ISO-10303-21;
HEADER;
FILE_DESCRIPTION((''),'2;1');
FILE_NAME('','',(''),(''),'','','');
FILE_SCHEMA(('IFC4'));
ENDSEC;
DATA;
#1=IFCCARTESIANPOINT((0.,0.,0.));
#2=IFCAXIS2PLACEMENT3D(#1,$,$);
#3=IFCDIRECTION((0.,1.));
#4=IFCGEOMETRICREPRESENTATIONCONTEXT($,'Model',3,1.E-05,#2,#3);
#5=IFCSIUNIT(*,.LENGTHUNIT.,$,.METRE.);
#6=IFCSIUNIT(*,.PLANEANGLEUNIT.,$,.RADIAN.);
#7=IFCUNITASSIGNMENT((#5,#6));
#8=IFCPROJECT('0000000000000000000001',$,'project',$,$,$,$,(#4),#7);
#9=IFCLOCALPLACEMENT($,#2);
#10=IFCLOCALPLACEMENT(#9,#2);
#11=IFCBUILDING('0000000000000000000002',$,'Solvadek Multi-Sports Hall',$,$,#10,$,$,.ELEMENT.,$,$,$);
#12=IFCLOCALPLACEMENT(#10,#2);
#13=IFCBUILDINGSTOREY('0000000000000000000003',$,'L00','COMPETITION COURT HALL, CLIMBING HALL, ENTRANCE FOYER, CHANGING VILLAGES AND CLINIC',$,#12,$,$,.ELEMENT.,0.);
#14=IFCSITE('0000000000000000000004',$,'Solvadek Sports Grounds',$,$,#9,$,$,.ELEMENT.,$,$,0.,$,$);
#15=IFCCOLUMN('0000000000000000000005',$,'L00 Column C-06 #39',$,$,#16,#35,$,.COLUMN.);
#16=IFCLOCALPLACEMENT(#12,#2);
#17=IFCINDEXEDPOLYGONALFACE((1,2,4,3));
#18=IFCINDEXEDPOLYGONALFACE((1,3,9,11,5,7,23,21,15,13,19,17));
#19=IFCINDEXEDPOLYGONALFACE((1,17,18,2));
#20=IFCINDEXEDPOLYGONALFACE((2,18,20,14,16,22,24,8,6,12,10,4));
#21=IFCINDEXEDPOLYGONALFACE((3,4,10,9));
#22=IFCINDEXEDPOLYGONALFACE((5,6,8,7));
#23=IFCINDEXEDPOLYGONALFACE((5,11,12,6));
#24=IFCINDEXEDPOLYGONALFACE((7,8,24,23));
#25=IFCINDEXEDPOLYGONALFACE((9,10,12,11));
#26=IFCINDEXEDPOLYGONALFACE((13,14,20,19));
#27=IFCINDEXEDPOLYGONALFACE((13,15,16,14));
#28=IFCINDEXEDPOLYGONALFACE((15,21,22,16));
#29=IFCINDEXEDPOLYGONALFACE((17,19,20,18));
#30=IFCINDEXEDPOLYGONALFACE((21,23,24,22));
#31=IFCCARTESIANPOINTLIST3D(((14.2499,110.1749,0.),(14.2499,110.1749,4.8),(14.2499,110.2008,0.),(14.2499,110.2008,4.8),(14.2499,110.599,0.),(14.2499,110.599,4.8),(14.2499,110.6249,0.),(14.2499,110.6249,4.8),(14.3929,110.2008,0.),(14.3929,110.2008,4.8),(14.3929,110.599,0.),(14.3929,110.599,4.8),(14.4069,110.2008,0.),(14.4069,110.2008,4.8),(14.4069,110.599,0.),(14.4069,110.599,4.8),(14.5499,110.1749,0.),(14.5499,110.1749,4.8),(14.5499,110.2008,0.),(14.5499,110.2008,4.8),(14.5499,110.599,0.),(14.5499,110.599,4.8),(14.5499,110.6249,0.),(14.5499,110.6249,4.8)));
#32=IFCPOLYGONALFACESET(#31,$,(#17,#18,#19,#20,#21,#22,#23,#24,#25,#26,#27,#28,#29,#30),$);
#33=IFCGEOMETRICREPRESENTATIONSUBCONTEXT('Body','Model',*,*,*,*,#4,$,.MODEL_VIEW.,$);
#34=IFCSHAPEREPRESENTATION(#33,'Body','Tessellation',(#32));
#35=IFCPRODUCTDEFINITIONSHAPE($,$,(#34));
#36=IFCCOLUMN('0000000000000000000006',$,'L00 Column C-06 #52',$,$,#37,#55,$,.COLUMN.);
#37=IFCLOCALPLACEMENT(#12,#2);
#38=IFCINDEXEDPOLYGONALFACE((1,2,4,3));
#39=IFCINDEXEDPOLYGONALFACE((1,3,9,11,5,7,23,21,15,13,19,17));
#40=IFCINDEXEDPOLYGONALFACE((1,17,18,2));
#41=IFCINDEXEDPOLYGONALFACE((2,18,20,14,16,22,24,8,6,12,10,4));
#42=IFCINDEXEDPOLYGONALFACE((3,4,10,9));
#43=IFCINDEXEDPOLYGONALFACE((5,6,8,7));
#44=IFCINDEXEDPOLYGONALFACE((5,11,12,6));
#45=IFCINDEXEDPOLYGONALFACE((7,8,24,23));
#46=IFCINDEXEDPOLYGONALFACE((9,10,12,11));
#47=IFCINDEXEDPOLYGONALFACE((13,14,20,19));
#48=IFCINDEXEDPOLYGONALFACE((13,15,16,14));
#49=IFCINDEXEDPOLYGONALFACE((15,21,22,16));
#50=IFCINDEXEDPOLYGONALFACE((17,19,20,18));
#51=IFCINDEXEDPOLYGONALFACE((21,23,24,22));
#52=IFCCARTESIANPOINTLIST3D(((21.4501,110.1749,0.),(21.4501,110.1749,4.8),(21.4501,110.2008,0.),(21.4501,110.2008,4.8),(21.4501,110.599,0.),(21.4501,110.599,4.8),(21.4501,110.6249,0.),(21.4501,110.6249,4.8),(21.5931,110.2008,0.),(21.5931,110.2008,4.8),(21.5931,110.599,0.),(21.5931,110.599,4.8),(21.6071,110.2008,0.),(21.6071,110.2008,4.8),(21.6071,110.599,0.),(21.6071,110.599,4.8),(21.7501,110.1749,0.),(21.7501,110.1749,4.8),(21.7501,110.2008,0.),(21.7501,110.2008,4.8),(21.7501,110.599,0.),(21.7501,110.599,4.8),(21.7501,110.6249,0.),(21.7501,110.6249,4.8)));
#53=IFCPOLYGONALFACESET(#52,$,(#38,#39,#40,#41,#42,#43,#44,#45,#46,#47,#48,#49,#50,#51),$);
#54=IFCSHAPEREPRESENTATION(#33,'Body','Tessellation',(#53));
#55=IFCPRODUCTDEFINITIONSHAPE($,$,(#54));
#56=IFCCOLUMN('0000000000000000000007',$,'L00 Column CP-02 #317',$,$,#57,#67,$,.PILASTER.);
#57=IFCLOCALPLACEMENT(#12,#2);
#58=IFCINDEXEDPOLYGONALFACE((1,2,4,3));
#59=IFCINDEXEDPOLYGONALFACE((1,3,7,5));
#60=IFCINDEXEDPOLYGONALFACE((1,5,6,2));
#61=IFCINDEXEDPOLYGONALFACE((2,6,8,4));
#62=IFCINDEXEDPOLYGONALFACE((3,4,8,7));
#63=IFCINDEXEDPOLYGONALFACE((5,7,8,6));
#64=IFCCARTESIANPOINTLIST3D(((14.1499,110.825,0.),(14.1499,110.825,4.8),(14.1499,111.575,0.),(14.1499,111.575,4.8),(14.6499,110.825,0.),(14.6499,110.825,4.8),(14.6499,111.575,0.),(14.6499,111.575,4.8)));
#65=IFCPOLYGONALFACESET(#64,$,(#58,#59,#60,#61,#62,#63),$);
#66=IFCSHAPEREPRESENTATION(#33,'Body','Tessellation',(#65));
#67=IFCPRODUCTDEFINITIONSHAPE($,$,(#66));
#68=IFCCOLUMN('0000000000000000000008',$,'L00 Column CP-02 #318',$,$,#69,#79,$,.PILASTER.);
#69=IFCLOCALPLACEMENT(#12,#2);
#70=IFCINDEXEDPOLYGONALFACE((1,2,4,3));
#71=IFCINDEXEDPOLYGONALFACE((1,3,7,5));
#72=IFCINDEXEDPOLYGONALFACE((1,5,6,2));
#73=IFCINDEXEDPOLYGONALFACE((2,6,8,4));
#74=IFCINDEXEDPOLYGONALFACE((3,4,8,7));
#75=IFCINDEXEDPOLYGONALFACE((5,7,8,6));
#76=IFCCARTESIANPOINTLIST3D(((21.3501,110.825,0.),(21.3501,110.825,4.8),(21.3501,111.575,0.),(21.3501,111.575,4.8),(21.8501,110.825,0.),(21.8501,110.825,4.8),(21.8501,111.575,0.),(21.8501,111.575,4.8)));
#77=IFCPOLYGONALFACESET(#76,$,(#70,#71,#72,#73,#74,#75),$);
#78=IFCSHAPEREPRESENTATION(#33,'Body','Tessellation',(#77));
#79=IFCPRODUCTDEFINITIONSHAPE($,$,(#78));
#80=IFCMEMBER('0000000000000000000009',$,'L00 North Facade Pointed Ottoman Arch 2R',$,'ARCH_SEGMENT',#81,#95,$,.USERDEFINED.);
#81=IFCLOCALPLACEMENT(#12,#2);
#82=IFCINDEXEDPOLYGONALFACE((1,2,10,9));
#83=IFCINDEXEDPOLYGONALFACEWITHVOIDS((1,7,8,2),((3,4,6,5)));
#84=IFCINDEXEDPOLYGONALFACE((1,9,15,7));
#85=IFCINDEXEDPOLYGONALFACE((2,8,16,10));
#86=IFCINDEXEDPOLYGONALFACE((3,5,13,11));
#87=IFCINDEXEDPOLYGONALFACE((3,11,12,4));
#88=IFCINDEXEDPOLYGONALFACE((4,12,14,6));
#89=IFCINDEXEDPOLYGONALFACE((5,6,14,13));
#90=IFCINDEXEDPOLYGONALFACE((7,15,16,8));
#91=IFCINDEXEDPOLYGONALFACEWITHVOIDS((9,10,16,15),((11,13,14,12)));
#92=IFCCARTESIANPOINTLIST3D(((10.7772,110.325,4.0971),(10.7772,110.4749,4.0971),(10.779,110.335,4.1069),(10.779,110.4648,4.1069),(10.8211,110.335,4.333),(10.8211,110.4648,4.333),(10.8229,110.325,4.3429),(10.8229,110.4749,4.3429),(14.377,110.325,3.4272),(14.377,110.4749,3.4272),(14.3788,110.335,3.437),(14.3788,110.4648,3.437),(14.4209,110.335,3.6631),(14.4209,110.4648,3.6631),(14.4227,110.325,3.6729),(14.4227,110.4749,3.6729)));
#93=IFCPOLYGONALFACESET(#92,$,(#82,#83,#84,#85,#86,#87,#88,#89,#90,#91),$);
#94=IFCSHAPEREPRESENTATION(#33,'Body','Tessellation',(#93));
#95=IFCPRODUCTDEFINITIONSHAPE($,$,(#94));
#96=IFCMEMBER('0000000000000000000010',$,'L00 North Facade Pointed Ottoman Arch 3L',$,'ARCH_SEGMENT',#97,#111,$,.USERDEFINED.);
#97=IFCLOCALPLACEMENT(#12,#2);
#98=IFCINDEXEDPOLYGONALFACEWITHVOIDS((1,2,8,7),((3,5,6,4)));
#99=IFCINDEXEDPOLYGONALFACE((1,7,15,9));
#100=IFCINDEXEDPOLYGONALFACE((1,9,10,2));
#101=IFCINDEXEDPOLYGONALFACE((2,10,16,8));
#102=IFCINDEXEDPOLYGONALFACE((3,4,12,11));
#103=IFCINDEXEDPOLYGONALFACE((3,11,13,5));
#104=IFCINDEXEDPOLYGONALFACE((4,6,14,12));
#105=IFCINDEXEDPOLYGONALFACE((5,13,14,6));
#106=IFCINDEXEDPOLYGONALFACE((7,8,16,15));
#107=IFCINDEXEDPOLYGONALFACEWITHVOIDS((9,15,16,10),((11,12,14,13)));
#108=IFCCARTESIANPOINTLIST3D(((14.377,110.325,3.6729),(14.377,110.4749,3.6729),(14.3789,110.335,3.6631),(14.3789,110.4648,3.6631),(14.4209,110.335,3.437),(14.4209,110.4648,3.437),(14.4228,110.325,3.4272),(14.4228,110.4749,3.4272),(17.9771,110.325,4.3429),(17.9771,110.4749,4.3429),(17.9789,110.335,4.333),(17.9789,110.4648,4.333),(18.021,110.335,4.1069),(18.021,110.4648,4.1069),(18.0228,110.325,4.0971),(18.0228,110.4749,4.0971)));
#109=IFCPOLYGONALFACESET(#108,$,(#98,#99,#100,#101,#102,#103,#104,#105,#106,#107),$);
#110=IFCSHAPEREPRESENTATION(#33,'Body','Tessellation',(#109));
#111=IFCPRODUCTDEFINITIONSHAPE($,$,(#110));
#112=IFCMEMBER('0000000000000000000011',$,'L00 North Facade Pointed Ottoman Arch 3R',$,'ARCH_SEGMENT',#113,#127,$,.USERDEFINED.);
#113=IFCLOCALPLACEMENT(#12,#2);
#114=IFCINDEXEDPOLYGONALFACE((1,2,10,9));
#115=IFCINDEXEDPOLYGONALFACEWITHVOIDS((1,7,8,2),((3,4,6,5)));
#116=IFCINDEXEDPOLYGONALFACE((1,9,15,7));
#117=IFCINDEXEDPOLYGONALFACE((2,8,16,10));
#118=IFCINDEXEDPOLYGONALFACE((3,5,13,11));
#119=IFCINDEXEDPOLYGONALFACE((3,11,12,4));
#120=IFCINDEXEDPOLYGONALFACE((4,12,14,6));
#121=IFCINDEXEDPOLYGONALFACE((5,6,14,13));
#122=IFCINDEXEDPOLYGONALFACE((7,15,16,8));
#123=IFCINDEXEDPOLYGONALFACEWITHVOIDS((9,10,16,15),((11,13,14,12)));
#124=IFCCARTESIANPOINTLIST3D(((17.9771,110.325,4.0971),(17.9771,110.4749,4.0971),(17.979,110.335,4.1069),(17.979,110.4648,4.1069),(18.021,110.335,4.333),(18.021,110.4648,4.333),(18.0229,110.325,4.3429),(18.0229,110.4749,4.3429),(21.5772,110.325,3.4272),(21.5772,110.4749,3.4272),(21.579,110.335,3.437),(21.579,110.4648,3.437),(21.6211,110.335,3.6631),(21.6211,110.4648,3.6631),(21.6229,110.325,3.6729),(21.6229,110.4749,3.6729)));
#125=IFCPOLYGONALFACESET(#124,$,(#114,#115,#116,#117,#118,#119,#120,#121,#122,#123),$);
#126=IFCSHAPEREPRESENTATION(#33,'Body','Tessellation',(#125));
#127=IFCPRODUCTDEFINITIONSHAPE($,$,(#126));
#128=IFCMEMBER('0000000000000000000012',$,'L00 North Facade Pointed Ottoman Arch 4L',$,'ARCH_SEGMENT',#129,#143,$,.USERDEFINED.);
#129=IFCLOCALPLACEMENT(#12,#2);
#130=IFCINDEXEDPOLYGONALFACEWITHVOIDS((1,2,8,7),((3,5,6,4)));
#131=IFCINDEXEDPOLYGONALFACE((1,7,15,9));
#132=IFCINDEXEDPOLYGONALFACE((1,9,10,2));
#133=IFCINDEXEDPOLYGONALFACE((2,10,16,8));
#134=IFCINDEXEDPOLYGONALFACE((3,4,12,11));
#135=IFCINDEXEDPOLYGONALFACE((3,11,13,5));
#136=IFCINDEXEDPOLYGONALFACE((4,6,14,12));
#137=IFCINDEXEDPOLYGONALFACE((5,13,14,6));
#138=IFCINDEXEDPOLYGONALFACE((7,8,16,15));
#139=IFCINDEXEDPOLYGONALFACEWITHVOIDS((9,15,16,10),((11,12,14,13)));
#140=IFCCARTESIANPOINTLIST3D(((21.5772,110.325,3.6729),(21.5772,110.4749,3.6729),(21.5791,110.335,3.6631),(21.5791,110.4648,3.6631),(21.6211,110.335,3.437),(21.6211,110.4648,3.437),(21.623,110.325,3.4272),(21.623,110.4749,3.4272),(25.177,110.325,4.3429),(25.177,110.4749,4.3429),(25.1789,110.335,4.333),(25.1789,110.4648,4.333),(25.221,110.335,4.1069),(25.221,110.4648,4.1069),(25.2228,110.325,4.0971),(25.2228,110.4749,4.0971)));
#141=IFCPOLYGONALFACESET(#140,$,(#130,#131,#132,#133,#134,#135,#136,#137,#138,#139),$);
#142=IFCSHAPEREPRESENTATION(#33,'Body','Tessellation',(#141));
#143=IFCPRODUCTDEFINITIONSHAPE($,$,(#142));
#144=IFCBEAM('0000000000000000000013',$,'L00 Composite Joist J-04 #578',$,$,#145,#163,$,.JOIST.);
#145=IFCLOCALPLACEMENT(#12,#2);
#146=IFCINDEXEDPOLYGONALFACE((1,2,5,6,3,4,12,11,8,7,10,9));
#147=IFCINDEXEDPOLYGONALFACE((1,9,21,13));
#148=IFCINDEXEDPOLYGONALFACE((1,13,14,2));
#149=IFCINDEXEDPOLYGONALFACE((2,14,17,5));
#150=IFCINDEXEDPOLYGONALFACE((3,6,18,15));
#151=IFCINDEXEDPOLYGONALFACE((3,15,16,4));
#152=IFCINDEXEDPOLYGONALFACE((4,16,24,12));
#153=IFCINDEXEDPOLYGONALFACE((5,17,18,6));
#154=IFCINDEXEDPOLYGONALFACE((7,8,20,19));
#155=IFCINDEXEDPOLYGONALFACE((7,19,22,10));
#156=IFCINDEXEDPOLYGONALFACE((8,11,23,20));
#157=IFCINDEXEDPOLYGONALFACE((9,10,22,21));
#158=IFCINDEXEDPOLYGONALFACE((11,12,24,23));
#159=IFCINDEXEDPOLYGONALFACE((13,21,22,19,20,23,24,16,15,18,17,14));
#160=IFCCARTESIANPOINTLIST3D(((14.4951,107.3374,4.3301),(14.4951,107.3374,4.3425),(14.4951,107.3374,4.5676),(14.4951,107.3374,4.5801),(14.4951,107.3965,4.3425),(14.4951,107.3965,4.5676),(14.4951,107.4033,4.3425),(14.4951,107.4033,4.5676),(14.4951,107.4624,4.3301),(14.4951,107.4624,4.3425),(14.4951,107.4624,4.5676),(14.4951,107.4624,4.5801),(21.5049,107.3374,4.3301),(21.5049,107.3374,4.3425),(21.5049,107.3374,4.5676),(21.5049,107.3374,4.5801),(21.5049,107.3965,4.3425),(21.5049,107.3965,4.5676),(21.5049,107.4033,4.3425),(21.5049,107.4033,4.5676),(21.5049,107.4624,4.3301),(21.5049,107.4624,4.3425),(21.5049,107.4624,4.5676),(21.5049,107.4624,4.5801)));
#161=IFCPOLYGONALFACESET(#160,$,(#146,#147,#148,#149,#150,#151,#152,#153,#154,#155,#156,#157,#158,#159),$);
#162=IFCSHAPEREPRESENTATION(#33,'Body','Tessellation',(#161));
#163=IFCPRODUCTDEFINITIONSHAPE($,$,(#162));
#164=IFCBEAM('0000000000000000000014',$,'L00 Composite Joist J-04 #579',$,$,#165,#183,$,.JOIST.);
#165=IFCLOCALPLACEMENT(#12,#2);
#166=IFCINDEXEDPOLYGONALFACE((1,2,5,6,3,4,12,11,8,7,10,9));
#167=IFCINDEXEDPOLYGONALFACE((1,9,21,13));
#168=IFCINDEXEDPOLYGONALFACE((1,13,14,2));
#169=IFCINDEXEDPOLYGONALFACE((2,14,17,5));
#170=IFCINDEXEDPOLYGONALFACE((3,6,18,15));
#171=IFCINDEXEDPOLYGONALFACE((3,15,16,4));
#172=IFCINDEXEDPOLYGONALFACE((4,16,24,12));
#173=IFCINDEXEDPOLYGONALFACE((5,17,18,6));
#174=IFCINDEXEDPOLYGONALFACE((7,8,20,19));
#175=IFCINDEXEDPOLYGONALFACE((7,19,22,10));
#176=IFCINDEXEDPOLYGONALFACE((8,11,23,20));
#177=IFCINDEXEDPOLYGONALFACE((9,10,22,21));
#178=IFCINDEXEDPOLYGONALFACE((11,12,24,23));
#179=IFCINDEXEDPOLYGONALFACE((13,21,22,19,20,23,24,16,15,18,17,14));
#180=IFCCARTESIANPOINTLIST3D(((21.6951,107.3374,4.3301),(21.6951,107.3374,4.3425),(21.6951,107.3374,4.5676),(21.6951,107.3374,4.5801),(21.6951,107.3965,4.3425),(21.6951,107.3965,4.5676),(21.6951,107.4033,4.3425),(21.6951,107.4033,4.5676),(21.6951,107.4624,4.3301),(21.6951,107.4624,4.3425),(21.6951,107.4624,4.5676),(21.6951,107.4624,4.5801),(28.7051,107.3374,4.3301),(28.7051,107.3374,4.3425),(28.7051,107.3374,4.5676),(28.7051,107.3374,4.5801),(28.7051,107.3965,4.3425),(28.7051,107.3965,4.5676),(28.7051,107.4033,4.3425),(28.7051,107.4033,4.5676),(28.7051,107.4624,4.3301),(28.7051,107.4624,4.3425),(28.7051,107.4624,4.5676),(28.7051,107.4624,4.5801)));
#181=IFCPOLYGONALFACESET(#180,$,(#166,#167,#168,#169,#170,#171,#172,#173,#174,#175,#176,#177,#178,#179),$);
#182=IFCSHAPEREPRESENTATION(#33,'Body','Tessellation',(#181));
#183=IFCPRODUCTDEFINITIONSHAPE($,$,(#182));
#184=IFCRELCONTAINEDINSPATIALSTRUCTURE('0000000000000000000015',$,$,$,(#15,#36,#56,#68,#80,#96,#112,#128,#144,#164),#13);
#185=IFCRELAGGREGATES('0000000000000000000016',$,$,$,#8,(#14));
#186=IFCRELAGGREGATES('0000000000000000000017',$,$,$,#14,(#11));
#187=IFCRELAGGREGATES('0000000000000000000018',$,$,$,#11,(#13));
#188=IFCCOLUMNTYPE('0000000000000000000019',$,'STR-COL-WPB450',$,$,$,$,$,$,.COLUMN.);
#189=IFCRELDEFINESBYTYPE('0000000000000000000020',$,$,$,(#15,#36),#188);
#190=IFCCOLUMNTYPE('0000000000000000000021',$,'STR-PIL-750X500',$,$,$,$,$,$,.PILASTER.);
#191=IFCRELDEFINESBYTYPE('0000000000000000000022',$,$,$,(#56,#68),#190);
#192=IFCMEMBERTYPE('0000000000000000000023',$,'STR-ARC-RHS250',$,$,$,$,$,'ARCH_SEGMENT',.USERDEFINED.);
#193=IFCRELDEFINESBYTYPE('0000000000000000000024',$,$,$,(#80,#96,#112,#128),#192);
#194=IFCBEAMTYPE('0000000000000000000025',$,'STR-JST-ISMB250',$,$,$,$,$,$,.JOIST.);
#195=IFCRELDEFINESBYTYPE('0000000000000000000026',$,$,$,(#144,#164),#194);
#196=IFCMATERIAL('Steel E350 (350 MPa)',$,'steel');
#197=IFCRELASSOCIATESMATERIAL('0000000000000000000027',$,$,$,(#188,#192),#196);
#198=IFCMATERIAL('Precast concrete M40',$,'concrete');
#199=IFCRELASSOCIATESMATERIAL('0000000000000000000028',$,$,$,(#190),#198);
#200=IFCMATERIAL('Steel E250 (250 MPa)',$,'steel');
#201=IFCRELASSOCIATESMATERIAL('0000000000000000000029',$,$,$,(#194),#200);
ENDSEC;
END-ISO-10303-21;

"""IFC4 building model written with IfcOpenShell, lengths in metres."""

from ifc_helpers import new_model, si_unit, direction, frame, origin, origin_2d, place, context, subcontext, project, spatial, rectangle, hollow_rectangle, i_section, extrude, material, material_profile, profile_set, type_object, element, save


model = new_model("IFC4")

# Units and contexts
model_context = context("Model", 3, precision=1e-05, world=origin(), true_north=direction((0.0, 1.0)))
body_context = subcontext(model_context, "Body", "Model", "MODEL_VIEW")
ifc_project = project(units=[si_unit("LENGTHUNIT", "METRE"), si_unit("PLANEANGLEUNIT", "RADIAN")], contexts=[model_context])

# Site, building, storey
site_placement = place(None, origin())
site = spatial("IfcSite", under=ifc_project, at=site_placement, Name="Solvadek Sports Grounds", CompositionType="ELEMENT", RefElevation=0.0)
building_placement = place(site_placement, origin())
building = spatial("IfcBuilding", under=site, at=building_placement, Name="Solvadek Multi-Sports Hall", CompositionType="ELEMENT")
storey_placement = place(building_placement, origin())
storey = spatial("IfcBuildingStorey", under=building, at=storey_placement, Name="L00", Description="COMPETITION COURT HALL, CLIMBING HALL, ENTRANCE FOYER, CHANGING VILLAGES AND CLINIC", CompositionType="ELEMENT", Elevation=0.0)

# Columns
ifc_material_1 = material(Name="Steel E350 (350 MPa)", Category="steel")
ifc_material_profile_1 = material_profile(ifc_material_1, i_section(OverallWidth=0.3, OverallDepth=0.45, WebThickness=0.0139, FlangeThickness=0.0259, at=origin_2d()), Name="WPB 450")
ifc_profile_set_1 = profile_set([ifc_material_profile_1], Name="Steel E350 (350 MPa)")
column_type_1 = type_object("IfcColumnType", Name="STR-COL-WPB450", PredefinedType="COLUMN", material=ifc_profile_set_1)
for number, where, z_axis, x_axis, name in (
    (1, (14.3999, 110.3999, 0.0), (0.0, 0.0, 1.0), (1.0, 0.0, 0.0), "L00 Column C-06 #39"),
    (2, (21.6001, 110.3999, 0.0), (0.0, 0.0, 1.0), (1.0, 0.0, 0.0), "L00 Column C-06 #52"),
):
    element("IfcColumn", number, at=place(storey_placement, frame(where, z_axis=z_axis, x_axis=x_axis)), inside=storey, type_object=column_type_1, Name=name, PredefinedType="COLUMN", context=body_context, shape_type="SweptSolid", body=[
        extrude(i_section(OverallWidth=0.3, OverallDepth=0.45, WebThickness=0.0139, FlangeThickness=0.0259, at=origin_2d()), origin(), (0.0, 0.0, 1.0), 4.8),
    ])
ifc_material_2 = material(Name="Precast concrete M40", Category="concrete")
ifc_material_profile_2 = material_profile(ifc_material_2, rectangle(XDim=0.5, YDim=0.75, at=origin_2d()), Name="RC PILASTER 750x500")
ifc_profile_set_2 = profile_set([ifc_material_profile_2], Name="Precast concrete M40")
column_type_2 = type_object("IfcColumnType", Name="STR-PIL-750X500", PredefinedType="PILASTER", material=ifc_profile_set_2)
for number, where, z_axis, x_axis, name in (
    (3, (14.3999, 111.2, 0.0), (0.0, 0.0, 1.0), (1.0, 0.0, 0.0), "L00 Column CP-02 #317"),
    (4, (21.6001, 111.2, 0.0), (0.0, 0.0, 1.0), (1.0, 0.0, 0.0), "L00 Column CP-02 #318"),
):
    element("IfcColumn", number, at=place(storey_placement, frame(where, z_axis=z_axis, x_axis=x_axis)), inside=storey, type_object=column_type_2, Name=name, PredefinedType="PILASTER", context=body_context, shape_type="SweptSolid", body=[
        extrude(rectangle(XDim=0.5, YDim=0.75, at=origin_2d()), origin(), (0.0, 0.0, 1.0), 4.8),
    ])

# Members
ifc_material_profile_3 = material_profile(ifc_material_1, hollow_rectangle(XDim=0.1499, YDim=0.25, WallThickness=0.01, at=origin_2d()), Name="RHS 250x150x10")
ifc_profile_set_3 = profile_set([ifc_material_profile_3], Name="Steel E350 (350 MPa)")
member_type = type_object("IfcMemberType", Name="STR-ARC-RHS250", ElementType="ARCH_SEGMENT", PredefinedType="USERDEFINED", material=ifc_profile_set_3)
member_1_placement = place(storey_placement, frame((10.8, 110.3999, 4.22), z_axis=(0.983121, 0.0, -0.182956), x_axis=(0.0, 1.0, 0.0)))
element("IfcMember", 5, at=member_1_placement, inside=storey, type_object=member_type, Name="L00 North Facade Pointed Ottoman Arch 2R", ObjectType="ARCH_SEGMENT", PredefinedType="USERDEFINED", context=body_context, shape_type="SweptSolid", body=[
    extrude(hollow_rectangle(XDim=0.1499, YDim=0.25, WallThickness=0.01, at=origin_2d()), origin(), (0.0, 0.0, 1.0), 3.6616),
])
for number, where, z_axis, x_axis, name in (
    (6, (14.3999, 110.3999, 3.55), (0.983123, 0.0, 0.182944), (0.0, 1.0, 0.0), "L00 North Facade Pointed Ottoman Arch 3L"),
    (7, (18.0, 110.3999, 4.22), (0.983123, 0.0, -0.182944), (0.0, 1.0, 0.0), "L00 North Facade Pointed Ottoman Arch 3R"),
):
    element("IfcMember", number, at=place(storey_placement, frame(where, z_axis=z_axis, x_axis=x_axis)), inside=storey, type_object=member_type, Name=name, ObjectType="ARCH_SEGMENT", PredefinedType="USERDEFINED", context=body_context, shape_type="SweptSolid", body=[
        extrude(hollow_rectangle(XDim=0.1499, YDim=0.25, WallThickness=0.01, at=origin_2d()), origin(), (0.0, 0.0, 1.0), 3.6619),
    ])
member_2_placement = place(storey_placement, frame((21.6001, 110.3999, 3.55), z_axis=(0.983121, 0.0, 0.182956), x_axis=(0.0, 1.0, 0.0)))
element("IfcMember", 8, at=member_2_placement, inside=storey, type_object=member_type, Name="L00 North Facade Pointed Ottoman Arch 4L", ObjectType="ARCH_SEGMENT", PredefinedType="USERDEFINED", context=body_context, shape_type="SweptSolid", body=[
    extrude(hollow_rectangle(XDim=0.1499, YDim=0.25, WallThickness=0.01, at=origin_2d()), origin(), (0.0, 0.0, 1.0), 3.6616),
])

# Beams
ifc_material_3 = material(Name="Steel E250 (250 MPa)", Category="steel")
ifc_material_profile_4 = material_profile(ifc_material_3, i_section(OverallWidth=0.125, OverallDepth=0.25, WebThickness=0.0068, FlangeThickness=0.0125, at=origin_2d()), Name="ISMB 250")
ifc_profile_set_4 = profile_set([ifc_material_profile_4], Name="Steel E250 (250 MPa)")
beam_type_1 = type_object("IfcBeamType", Name="STR-JST-ISMB250", PredefinedType="JOIST", material=ifc_profile_set_4)
beam_1_placement = place(storey_placement, frame((14.4951, 107.3999, 4.4551), z_axis=(1.0, 0.0, 0.0), x_axis=(0.0, 1.0, 0.0)))
element("IfcBeam", 9, at=beam_1_placement, inside=storey, type_object=beam_type_1, Name="L00 Composite Joist J-04 #578", PredefinedType="JOIST", context=body_context, shape_type="SweptSolid", body=[
    extrude(i_section(OverallWidth=0.125, OverallDepth=0.25, WebThickness=0.0068, FlangeThickness=0.0125, at=origin_2d()), origin(), (0.0, 0.0, 1.0), 7.0098),
])
beam_2_placement = place(storey_placement, frame((21.6951, 107.3999, 4.4551), z_axis=(1.0, 0.0, 0.0), x_axis=(0.0, 1.0, 0.0)))
element("IfcBeam", 10, at=beam_2_placement, inside=storey, type_object=beam_type_1, Name="L00 Composite Joist J-04 #579", PredefinedType="JOIST", context=body_context, shape_type="SweptSolid", body=[
    extrude(i_section(OverallWidth=0.125, OverallDepth=0.25, WebThickness=0.0068, FlangeThickness=0.0125, at=origin_2d()), origin(), (0.0, 0.0, 1.0), 7.01),
])

save(model, "model.ifc")
